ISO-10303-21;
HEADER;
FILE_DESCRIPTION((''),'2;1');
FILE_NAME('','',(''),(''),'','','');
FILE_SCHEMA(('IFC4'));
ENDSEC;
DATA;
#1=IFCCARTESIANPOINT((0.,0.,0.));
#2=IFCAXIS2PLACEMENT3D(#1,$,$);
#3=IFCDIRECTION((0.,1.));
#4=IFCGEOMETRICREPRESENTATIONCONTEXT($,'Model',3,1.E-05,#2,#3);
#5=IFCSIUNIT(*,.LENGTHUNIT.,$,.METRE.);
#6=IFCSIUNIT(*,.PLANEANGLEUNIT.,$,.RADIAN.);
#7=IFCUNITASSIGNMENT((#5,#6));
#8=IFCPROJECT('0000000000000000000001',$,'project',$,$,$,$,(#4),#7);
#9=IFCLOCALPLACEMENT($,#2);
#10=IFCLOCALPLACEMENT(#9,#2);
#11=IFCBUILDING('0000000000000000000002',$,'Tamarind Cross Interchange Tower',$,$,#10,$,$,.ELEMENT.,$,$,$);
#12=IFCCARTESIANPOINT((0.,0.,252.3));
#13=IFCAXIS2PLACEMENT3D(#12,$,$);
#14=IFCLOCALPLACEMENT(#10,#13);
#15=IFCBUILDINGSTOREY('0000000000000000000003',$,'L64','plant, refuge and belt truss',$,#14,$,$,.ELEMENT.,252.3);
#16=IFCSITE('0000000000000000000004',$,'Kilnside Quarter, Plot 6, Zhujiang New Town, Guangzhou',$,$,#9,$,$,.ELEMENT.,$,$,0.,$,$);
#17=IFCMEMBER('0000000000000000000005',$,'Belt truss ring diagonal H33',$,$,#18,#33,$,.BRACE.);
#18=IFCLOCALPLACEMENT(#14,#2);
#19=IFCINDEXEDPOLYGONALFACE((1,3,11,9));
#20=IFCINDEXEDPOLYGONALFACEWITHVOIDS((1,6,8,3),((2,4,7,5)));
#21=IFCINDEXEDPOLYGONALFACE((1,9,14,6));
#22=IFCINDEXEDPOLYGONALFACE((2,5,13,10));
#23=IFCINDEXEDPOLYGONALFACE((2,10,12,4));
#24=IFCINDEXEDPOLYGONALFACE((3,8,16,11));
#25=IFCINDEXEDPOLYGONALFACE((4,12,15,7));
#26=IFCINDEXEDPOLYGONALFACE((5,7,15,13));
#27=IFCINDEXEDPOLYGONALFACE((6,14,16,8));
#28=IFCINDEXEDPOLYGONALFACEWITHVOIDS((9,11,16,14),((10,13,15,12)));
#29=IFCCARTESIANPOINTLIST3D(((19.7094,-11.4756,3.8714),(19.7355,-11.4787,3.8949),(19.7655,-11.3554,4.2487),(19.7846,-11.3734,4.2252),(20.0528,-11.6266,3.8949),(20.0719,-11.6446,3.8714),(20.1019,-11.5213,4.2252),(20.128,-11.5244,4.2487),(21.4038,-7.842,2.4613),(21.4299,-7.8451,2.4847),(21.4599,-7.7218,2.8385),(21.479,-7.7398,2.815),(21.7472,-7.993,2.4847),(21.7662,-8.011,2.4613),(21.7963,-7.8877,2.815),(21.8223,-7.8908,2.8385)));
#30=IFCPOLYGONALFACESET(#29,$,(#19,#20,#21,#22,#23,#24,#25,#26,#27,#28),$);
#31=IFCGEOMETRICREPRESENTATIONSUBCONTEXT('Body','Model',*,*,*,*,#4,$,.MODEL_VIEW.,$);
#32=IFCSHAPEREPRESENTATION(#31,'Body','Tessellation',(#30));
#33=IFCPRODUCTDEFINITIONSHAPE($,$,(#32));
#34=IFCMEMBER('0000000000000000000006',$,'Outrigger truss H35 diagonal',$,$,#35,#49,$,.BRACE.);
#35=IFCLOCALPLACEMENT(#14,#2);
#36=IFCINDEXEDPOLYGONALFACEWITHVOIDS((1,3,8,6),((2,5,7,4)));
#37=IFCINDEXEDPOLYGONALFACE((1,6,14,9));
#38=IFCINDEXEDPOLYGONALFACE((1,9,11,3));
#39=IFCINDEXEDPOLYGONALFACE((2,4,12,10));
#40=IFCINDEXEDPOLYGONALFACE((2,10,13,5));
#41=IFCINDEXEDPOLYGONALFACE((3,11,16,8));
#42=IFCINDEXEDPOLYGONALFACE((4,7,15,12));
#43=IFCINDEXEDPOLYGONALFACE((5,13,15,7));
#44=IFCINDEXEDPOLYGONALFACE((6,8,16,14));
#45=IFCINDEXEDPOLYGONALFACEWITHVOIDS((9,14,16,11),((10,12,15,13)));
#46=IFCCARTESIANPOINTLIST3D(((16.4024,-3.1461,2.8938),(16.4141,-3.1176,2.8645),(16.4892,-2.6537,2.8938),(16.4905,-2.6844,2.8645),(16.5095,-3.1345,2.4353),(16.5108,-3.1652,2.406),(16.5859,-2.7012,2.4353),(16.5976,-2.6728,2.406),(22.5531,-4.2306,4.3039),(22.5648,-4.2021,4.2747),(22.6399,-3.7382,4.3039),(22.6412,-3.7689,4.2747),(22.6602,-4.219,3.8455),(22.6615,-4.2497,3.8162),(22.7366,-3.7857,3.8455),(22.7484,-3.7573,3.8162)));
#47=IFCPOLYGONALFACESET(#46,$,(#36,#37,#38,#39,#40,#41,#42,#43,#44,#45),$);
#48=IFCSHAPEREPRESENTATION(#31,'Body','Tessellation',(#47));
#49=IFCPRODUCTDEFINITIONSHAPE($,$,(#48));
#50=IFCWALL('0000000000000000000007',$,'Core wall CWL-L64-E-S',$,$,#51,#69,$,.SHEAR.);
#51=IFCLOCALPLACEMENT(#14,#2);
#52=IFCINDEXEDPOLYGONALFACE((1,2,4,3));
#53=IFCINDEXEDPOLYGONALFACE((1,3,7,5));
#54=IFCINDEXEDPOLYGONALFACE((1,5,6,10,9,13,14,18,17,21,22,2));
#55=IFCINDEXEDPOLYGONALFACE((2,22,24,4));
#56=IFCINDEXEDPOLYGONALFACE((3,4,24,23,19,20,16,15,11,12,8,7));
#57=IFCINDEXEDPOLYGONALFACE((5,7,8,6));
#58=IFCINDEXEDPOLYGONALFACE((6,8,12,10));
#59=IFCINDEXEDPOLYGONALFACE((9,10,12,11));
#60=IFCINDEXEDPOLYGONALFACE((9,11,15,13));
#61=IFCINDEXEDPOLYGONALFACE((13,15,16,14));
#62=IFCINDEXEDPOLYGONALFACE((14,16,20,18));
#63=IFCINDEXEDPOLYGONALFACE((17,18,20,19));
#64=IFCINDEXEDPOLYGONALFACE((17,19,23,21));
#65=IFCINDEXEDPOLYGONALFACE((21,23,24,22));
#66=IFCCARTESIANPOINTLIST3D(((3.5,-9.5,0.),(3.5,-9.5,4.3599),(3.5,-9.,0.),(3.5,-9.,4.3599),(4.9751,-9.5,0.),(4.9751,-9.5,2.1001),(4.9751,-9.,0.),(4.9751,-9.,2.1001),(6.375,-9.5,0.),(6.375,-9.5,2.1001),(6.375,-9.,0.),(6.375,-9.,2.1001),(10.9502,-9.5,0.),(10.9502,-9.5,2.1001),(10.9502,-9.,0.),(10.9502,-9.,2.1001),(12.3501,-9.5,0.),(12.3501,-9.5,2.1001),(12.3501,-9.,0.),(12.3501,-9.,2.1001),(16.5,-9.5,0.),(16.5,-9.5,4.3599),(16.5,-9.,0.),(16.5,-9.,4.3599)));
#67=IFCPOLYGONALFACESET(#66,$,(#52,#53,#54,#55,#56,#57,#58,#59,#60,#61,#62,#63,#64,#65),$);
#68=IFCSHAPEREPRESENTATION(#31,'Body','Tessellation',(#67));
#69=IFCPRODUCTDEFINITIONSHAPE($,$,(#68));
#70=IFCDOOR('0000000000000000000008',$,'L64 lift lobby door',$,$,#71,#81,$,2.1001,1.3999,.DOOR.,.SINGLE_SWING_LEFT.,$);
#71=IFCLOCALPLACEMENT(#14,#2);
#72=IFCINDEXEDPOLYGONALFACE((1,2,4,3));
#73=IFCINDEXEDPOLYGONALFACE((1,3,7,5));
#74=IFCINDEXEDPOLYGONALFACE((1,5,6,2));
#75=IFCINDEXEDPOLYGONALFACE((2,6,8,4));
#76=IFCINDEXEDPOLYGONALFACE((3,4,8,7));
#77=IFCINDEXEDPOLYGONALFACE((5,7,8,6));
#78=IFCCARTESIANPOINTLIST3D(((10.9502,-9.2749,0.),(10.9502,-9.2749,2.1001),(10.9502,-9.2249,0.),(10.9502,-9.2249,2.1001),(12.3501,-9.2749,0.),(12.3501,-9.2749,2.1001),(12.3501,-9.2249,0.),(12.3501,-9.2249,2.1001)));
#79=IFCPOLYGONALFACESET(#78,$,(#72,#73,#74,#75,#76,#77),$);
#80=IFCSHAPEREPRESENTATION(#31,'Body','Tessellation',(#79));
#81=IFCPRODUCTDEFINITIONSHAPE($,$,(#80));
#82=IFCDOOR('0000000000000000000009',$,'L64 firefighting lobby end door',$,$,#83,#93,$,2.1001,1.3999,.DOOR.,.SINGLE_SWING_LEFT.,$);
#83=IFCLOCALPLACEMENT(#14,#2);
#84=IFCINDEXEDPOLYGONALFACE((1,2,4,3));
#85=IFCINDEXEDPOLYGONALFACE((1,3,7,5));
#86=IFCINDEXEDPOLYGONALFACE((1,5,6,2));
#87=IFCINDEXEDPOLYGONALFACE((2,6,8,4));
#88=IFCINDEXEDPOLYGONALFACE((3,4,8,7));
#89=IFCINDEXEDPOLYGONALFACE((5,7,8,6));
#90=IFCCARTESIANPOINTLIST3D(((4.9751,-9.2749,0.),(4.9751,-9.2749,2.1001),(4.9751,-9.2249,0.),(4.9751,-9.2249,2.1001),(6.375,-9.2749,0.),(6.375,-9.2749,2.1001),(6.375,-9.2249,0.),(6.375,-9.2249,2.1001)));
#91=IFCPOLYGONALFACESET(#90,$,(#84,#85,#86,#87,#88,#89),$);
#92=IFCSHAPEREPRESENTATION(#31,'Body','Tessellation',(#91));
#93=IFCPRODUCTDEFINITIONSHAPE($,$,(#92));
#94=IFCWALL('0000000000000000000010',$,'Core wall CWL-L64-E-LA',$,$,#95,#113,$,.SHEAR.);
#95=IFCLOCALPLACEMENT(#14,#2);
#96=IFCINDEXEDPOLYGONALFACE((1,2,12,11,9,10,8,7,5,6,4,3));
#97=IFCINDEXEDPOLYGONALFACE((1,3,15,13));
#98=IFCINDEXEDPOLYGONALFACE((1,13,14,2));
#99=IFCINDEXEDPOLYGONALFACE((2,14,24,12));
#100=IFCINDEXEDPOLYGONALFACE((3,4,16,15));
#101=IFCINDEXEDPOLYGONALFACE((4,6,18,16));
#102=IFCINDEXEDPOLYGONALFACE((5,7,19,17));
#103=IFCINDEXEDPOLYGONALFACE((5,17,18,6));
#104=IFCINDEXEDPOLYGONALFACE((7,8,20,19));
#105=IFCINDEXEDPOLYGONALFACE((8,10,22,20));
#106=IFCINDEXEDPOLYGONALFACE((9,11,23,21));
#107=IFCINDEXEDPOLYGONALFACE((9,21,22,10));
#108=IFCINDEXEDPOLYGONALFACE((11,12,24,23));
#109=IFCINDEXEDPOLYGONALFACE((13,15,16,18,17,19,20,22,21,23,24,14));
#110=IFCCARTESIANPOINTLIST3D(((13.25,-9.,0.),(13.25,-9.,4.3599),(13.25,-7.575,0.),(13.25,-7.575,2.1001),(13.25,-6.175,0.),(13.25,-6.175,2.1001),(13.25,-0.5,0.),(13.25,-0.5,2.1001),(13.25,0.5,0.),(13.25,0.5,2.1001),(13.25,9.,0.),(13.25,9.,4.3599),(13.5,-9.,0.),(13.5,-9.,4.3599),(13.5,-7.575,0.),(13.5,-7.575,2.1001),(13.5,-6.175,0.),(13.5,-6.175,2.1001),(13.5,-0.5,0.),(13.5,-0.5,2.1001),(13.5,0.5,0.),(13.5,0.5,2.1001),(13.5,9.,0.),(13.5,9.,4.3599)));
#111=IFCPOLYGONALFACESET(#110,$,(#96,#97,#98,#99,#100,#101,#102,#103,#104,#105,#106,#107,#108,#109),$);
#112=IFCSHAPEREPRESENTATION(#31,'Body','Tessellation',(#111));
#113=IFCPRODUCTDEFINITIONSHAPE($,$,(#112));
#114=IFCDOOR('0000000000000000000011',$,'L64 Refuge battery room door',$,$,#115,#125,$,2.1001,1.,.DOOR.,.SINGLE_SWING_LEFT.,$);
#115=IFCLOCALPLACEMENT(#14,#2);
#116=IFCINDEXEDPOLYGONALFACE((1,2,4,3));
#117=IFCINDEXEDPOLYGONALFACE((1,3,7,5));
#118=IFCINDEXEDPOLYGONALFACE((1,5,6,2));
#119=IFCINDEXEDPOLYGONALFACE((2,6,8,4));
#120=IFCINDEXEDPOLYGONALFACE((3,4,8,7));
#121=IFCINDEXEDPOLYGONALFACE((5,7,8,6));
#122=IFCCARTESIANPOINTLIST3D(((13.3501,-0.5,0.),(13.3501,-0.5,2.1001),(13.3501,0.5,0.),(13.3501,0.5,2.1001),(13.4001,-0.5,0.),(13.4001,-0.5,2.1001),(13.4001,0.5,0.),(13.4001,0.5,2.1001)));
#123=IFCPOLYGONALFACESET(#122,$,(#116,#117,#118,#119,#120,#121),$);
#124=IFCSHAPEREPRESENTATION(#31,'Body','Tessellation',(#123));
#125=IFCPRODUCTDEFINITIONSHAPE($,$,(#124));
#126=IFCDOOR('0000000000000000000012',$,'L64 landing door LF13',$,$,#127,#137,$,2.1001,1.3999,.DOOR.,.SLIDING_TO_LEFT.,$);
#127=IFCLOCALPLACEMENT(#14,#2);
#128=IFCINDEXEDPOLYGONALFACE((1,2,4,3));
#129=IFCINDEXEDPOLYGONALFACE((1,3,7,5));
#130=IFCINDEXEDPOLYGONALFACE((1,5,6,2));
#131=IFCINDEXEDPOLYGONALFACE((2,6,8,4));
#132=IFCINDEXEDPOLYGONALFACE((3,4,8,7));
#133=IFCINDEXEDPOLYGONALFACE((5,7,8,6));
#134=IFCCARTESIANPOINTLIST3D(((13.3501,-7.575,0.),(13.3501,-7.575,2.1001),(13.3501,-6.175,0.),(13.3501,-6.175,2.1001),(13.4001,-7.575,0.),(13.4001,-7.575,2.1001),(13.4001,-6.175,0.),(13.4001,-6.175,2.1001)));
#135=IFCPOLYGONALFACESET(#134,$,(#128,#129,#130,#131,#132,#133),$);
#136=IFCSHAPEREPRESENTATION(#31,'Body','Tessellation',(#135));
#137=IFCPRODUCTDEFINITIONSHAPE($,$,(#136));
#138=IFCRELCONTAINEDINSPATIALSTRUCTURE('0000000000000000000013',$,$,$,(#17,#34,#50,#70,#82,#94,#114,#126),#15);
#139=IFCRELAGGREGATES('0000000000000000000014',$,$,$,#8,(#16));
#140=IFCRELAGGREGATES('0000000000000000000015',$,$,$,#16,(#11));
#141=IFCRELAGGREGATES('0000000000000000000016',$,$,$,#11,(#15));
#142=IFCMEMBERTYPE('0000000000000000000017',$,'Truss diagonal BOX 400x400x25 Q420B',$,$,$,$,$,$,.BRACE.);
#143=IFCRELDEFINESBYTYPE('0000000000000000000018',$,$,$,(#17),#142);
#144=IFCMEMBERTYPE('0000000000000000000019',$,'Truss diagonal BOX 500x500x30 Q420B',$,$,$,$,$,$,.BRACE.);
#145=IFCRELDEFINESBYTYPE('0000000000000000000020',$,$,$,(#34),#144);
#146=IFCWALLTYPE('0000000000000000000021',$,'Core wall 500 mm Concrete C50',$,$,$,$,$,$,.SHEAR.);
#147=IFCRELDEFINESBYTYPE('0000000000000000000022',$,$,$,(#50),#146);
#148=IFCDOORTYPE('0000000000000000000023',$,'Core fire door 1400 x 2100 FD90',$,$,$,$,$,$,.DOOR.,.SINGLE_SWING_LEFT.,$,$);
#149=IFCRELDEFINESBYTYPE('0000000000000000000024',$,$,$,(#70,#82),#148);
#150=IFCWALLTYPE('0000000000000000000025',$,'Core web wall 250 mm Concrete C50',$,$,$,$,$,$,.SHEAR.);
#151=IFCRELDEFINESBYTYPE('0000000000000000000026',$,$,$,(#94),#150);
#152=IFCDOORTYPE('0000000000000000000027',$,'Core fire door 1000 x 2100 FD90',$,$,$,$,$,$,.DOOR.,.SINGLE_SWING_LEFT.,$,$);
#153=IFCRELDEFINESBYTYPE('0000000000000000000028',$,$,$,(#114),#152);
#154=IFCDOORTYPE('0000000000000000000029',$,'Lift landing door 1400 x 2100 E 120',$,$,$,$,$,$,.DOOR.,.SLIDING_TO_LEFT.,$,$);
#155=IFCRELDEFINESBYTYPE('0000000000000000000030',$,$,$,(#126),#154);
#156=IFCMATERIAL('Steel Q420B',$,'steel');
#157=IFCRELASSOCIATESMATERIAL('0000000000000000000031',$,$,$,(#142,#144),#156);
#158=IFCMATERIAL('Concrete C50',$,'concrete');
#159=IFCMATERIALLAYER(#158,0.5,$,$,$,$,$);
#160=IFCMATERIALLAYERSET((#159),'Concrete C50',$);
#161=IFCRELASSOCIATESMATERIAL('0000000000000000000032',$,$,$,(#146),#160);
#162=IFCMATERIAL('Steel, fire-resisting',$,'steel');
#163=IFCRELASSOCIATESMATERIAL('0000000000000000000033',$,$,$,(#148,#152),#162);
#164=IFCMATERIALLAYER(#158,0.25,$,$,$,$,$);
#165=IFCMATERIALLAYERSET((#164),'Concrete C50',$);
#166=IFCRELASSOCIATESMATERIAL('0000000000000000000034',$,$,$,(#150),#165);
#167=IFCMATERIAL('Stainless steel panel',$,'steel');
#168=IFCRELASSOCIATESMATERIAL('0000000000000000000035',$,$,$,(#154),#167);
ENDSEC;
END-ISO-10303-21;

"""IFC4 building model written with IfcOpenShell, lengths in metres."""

from ifc_helpers import new_model, si_unit, direction, frame, frame_2d, origin, origin_2d, place, context, subcontext, project, spatial, rectangle, hollow_rectangle, extrude, material, layer, layer_set, material_profile, profile_set, type_object, element, fill, save


model = new_model("IFC4")

# Units and contexts
model_context = context("Model", 3, precision=1e-05, world=origin(), true_north=direction((0.0, 1.0)))
body_context = subcontext(model_context, "Body", "Model", "MODEL_VIEW")
ifc_project = project(units=[si_unit("LENGTHUNIT", "METRE"), si_unit("PLANEANGLEUNIT", "RADIAN")], contexts=[model_context])

# Site, building, storey
site_placement = place(None, origin())
site = spatial("IfcSite", under=ifc_project, at=site_placement, Name="Kilnside Quarter, Plot 6, Zhujiang New Town, Guangzhou", CompositionType="ELEMENT", RefElevation=0.0)
building_placement = place(site_placement, origin())
building = spatial("IfcBuilding", under=site, at=building_placement, Name="Tamarind Cross Interchange Tower", CompositionType="ELEMENT")
storey_placement = place(building_placement, frame((0.0, 0.0, 252.3)))
storey = spatial("IfcBuildingStorey", under=building, at=storey_placement, Name="L64", Description="plant, refuge and belt truss", CompositionType="ELEMENT", Elevation=252.3)

# Shared definitions
ifc_material_1 = material(Name="Concrete C50", Category="concrete")

# Members
ifc_material_2 = material(Name="Steel Q420B", Category="steel")
ifc_material_profile_1 = material_profile(ifc_material_2, hollow_rectangle(XDim=0.3999, YDim=0.3999, WallThickness=0.0249, at=origin_2d()), Name="BOX 400x400x25")
ifc_profile_set_1 = profile_set([ifc_material_profile_1], Name="Steel Q420B")
member_type_1 = type_object("IfcMemberType", Name="Truss diagonal BOX 400x400x25 Q420B", PredefinedType="BRACE", material=ifc_profile_set_1)
member_1_placement = place(storey_placement, frame((19.9187, -11.5, 4.0601), z_axis=(0.398673, 0.854964, -0.331806), x_axis=(-0.906309, 0.422615, 0.0)))
element("IfcMember", 1, at=member_1_placement, inside=storey, type_object=member_type_1, Name="Belt truss ring diagonal H33", PredefinedType="BRACE", context=body_context, shape_type="SweptSolid", body=[
    extrude(hollow_rectangle(XDim=0.3999, YDim=0.3999, WallThickness=0.0249, at=origin_2d()), origin(), (0.0, 0.0, 1.0), 4.25),
])
ifc_material_profile_2 = material_profile(ifc_material_2, hollow_rectangle(XDim=0.5, YDim=0.5, WallThickness=0.03, at=origin_2d()), Name="BOX 500x500x30")
ifc_profile_set_2 = profile_set([ifc_material_profile_2], Name="Steel Q420B")
member_type_2 = type_object("IfcMemberType", Name="Truss diagonal BOX 500x500x30 Q420B", PredefinedType="BRACE", material=ifc_profile_set_2)
member_2_placement = place(storey_placement, frame((16.5, -2.9094, 2.6499), z_axis=(0.960627, -0.169377, 0.220243), x_axis=(0.17364, 0.984809, 0.0)))
element("IfcMember", 2, at=member_2_placement, inside=storey, type_object=member_type_2, Name="Outrigger truss H35 diagonal", PredefinedType="BRACE", context=body_context, shape_type="SweptSolid", body=[
    extrude(hollow_rectangle(XDim=0.5, YDim=0.5, WallThickness=0.03, at=origin_2d()), origin(), (0.0, 0.0, 1.0), 6.4028),
])

# Walls, openings, doors
ifc_layer_1 = layer(ifc_material_1, 0.5)
ifc_layer_set_1 = layer_set([ifc_layer_1], Name="Concrete C50")
wall_type_1 = type_object("IfcWallType", Name="Core wall 500 mm Concrete C50", PredefinedType="SHEAR", material=ifc_layer_set_1)
wall_1_placement = place(storey_placement, frame((16.5, -9.25, 0.0), z_axis=(0.0, 0.0, 1.0), x_axis=(-1.0, 0.0, 0.0)))
wall_1 = element("IfcWall", 3, at=wall_1_placement, inside=storey, type_object=wall_type_1, Name="Core wall CWL-L64-E-S", PredefinedType="SHEAR", context=body_context, shape_type="SweptSolid", body=[
    extrude(rectangle(XDim=13.0, YDim=0.5, at=frame_2d((6.5, 0.0))), origin(), (0.0, 0.0, 1.0), 4.3599),
])
opening_1_placement = place(wall_1_placement, frame((4.1499, 0.0, 0.0)))
opening_1 = element("IfcOpeningElement", 4, at=opening_1_placement, cuts=wall_1, PredefinedType="OPENING", context=body_context, shape_type="SweptSolid", body=[
    extrude(rectangle(XDim=1.3999, YDim=2.1001, at=frame_2d((0.7, 1.05))), frame((0.0, 0.26, 0.0), z_axis=(0.0, -1.0, 0.0), x_axis=(1.0, 0.0, 0.0)), (0.0, 0.0, 1.0), 0.52),
])
opening_2_placement = place(wall_1_placement, frame((10.125, 0.0, 0.0)))
opening_2 = element("IfcOpeningElement", 5, at=opening_2_placement, cuts=wall_1, PredefinedType="OPENING", context=body_context, shape_type="SweptSolid", body=[
    extrude(rectangle(XDim=1.3999, YDim=2.1001, at=frame_2d((0.7, 1.05))), frame((0.0, 0.26, 0.0), z_axis=(0.0, -1.0, 0.0), x_axis=(1.0, 0.0, 0.0)), (0.0, 0.0, 1.0), 0.52),
])
ifc_material_3 = material(Name="Steel, fire-resisting", Category="steel")
door_type_1 = type_object("IfcDoorType", Name="Core fire door 1400 x 2100 FD90", OperationType="SINGLE_SWING_LEFT", PredefinedType="DOOR", material=ifc_material_3)
door_1_placement = place(opening_1_placement, origin())
door_1 = element("IfcDoor", 6, at=door_1_placement, inside=storey, type_object=door_type_1, Name="L64 lift lobby door", OperationType="SINGLE_SWING_LEFT", OverallHeight=2.1001, OverallWidth=1.3999, PredefinedType="DOOR", context=body_context, shape_type="SweptSolid", body=[
    extrude(rectangle(XDim=1.3999, YDim=2.1001, at=frame_2d((0.7, 1.05))), frame((0.0, 0.0249, 0.0), z_axis=(0.0, -1.0, 0.0), x_axis=(1.0, 0.0, 0.0)), (0.0, 0.0, 1.0), 0.05),
])
fill(opening_1, door_1)
door_2_placement = place(opening_2_placement, origin())
door_2 = element("IfcDoor", 7, at=door_2_placement, inside=storey, type_object=door_type_1, Name="L64 firefighting lobby end door", OperationType="SINGLE_SWING_LEFT", OverallHeight=2.1001, OverallWidth=1.3999, PredefinedType="DOOR", context=body_context, shape_type="SweptSolid", body=[
    extrude(rectangle(XDim=1.3999, YDim=2.1001, at=frame_2d((0.7, 1.05))), frame((0.0, 0.0249, 0.0), z_axis=(0.0, -1.0, 0.0), x_axis=(1.0, 0.0, 0.0)), (0.0, 0.0, 1.0), 0.05),
])
fill(opening_2, door_2)
ifc_layer_2 = layer(ifc_material_1, 0.25)
ifc_layer_set_2 = layer_set([ifc_layer_2], Name="Concrete C50")
wall_type_2 = type_object("IfcWallType", Name="Core web wall 250 mm Concrete C50", PredefinedType="SHEAR", material=ifc_layer_set_2)
wall_2_placement = place(storey_placement, frame((13.375, -9.0, 0.0), z_axis=(0.0, 0.0, 1.0), x_axis=(0.0, 1.0, 0.0)))
wall_2 = element("IfcWall", 8, at=wall_2_placement, inside=storey, type_object=wall_type_2, Name="Core wall CWL-L64-E-LA", PredefinedType="SHEAR", context=body_context, shape_type="SweptSolid", body=[
    extrude(rectangle(XDim=18.0, YDim=0.25, at=frame_2d((9.0, 0.0))), origin(), (0.0, 0.0, 1.0), 4.3599),
])
opening_3_placement = place(wall_2_placement, frame((1.425, 0.0, 0.0)))
opening_3 = element("IfcOpeningElement", 9, at=opening_3_placement, cuts=wall_2, PredefinedType="OPENING", context=body_context, shape_type="SweptSolid", body=[
    extrude(rectangle(XDim=1.3999, YDim=2.1001, at=frame_2d((0.7, 1.05))), frame((0.0, 0.135, 0.0), z_axis=(0.0, -1.0, 0.0), x_axis=(1.0, 0.0, 0.0)), (0.0, 0.0, 1.0), 0.27),
])
opening_4_placement = place(wall_2_placement, frame((8.5, 0.0, 0.0)))
opening_4 = element("IfcOpeningElement", 10, at=opening_4_placement, cuts=wall_2, PredefinedType="OPENING", context=body_context, shape_type="SweptSolid", body=[
    extrude(rectangle(XDim=1.0, YDim=2.1001, at=frame_2d((0.5, 1.05))), frame((0.0, 0.135, 0.0), z_axis=(0.0, -1.0, 0.0), x_axis=(1.0, 0.0, 0.0)), (0.0, 0.0, 1.0), 0.27),
])
door_type_2 = type_object("IfcDoorType", Name="Core fire door 1000 x 2100 FD90", OperationType="SINGLE_SWING_LEFT", PredefinedType="DOOR", material=ifc_material_3)
door_3_placement = place(opening_4_placement, origin())
door_3 = element("IfcDoor", 11, at=door_3_placement, inside=storey, type_object=door_type_2, Name="L64 Refuge battery room door", OperationType="SINGLE_SWING_LEFT", OverallHeight=2.1001, OverallWidth=1.0, PredefinedType="DOOR", context=body_context, shape_type="SweptSolid", body=[
    extrude(rectangle(XDim=1.0, YDim=2.1001, at=frame_2d((0.5, 1.05))), frame((0.0, 0.0249, 0.0), z_axis=(0.0, -1.0, 0.0), x_axis=(1.0, 0.0, 0.0)), (0.0, 0.0, 1.0), 0.05),
])
fill(opening_4, door_3)
ifc_material_4 = material(Name="Stainless steel panel", Category="steel")
door_type_3 = type_object("IfcDoorType", Name="Lift landing door 1400 x 2100 E 120", OperationType="SLIDING_TO_LEFT", PredefinedType="DOOR", material=ifc_material_4)
door_4_placement = place(opening_3_placement, origin())
door_4 = element("IfcDoor", 12, at=door_4_placement, inside=storey, type_object=door_type_3, Name="L64 landing door LF13", OperationType="SLIDING_TO_LEFT", OverallHeight=2.1001, OverallWidth=1.3999, PredefinedType="DOOR", context=body_context, shape_type="SweptSolid", body=[
    extrude(rectangle(XDim=1.3999, YDim=2.1001, at=frame_2d((0.7, 1.05))), frame((0.0, 0.0249, 0.0), z_axis=(0.0, -1.0, 0.0), x_axis=(1.0, 0.0, 0.0)), (0.0, 0.0, 1.0), 0.05),
])
fill(opening_3, door_4)

save(model, "model.ifc")
